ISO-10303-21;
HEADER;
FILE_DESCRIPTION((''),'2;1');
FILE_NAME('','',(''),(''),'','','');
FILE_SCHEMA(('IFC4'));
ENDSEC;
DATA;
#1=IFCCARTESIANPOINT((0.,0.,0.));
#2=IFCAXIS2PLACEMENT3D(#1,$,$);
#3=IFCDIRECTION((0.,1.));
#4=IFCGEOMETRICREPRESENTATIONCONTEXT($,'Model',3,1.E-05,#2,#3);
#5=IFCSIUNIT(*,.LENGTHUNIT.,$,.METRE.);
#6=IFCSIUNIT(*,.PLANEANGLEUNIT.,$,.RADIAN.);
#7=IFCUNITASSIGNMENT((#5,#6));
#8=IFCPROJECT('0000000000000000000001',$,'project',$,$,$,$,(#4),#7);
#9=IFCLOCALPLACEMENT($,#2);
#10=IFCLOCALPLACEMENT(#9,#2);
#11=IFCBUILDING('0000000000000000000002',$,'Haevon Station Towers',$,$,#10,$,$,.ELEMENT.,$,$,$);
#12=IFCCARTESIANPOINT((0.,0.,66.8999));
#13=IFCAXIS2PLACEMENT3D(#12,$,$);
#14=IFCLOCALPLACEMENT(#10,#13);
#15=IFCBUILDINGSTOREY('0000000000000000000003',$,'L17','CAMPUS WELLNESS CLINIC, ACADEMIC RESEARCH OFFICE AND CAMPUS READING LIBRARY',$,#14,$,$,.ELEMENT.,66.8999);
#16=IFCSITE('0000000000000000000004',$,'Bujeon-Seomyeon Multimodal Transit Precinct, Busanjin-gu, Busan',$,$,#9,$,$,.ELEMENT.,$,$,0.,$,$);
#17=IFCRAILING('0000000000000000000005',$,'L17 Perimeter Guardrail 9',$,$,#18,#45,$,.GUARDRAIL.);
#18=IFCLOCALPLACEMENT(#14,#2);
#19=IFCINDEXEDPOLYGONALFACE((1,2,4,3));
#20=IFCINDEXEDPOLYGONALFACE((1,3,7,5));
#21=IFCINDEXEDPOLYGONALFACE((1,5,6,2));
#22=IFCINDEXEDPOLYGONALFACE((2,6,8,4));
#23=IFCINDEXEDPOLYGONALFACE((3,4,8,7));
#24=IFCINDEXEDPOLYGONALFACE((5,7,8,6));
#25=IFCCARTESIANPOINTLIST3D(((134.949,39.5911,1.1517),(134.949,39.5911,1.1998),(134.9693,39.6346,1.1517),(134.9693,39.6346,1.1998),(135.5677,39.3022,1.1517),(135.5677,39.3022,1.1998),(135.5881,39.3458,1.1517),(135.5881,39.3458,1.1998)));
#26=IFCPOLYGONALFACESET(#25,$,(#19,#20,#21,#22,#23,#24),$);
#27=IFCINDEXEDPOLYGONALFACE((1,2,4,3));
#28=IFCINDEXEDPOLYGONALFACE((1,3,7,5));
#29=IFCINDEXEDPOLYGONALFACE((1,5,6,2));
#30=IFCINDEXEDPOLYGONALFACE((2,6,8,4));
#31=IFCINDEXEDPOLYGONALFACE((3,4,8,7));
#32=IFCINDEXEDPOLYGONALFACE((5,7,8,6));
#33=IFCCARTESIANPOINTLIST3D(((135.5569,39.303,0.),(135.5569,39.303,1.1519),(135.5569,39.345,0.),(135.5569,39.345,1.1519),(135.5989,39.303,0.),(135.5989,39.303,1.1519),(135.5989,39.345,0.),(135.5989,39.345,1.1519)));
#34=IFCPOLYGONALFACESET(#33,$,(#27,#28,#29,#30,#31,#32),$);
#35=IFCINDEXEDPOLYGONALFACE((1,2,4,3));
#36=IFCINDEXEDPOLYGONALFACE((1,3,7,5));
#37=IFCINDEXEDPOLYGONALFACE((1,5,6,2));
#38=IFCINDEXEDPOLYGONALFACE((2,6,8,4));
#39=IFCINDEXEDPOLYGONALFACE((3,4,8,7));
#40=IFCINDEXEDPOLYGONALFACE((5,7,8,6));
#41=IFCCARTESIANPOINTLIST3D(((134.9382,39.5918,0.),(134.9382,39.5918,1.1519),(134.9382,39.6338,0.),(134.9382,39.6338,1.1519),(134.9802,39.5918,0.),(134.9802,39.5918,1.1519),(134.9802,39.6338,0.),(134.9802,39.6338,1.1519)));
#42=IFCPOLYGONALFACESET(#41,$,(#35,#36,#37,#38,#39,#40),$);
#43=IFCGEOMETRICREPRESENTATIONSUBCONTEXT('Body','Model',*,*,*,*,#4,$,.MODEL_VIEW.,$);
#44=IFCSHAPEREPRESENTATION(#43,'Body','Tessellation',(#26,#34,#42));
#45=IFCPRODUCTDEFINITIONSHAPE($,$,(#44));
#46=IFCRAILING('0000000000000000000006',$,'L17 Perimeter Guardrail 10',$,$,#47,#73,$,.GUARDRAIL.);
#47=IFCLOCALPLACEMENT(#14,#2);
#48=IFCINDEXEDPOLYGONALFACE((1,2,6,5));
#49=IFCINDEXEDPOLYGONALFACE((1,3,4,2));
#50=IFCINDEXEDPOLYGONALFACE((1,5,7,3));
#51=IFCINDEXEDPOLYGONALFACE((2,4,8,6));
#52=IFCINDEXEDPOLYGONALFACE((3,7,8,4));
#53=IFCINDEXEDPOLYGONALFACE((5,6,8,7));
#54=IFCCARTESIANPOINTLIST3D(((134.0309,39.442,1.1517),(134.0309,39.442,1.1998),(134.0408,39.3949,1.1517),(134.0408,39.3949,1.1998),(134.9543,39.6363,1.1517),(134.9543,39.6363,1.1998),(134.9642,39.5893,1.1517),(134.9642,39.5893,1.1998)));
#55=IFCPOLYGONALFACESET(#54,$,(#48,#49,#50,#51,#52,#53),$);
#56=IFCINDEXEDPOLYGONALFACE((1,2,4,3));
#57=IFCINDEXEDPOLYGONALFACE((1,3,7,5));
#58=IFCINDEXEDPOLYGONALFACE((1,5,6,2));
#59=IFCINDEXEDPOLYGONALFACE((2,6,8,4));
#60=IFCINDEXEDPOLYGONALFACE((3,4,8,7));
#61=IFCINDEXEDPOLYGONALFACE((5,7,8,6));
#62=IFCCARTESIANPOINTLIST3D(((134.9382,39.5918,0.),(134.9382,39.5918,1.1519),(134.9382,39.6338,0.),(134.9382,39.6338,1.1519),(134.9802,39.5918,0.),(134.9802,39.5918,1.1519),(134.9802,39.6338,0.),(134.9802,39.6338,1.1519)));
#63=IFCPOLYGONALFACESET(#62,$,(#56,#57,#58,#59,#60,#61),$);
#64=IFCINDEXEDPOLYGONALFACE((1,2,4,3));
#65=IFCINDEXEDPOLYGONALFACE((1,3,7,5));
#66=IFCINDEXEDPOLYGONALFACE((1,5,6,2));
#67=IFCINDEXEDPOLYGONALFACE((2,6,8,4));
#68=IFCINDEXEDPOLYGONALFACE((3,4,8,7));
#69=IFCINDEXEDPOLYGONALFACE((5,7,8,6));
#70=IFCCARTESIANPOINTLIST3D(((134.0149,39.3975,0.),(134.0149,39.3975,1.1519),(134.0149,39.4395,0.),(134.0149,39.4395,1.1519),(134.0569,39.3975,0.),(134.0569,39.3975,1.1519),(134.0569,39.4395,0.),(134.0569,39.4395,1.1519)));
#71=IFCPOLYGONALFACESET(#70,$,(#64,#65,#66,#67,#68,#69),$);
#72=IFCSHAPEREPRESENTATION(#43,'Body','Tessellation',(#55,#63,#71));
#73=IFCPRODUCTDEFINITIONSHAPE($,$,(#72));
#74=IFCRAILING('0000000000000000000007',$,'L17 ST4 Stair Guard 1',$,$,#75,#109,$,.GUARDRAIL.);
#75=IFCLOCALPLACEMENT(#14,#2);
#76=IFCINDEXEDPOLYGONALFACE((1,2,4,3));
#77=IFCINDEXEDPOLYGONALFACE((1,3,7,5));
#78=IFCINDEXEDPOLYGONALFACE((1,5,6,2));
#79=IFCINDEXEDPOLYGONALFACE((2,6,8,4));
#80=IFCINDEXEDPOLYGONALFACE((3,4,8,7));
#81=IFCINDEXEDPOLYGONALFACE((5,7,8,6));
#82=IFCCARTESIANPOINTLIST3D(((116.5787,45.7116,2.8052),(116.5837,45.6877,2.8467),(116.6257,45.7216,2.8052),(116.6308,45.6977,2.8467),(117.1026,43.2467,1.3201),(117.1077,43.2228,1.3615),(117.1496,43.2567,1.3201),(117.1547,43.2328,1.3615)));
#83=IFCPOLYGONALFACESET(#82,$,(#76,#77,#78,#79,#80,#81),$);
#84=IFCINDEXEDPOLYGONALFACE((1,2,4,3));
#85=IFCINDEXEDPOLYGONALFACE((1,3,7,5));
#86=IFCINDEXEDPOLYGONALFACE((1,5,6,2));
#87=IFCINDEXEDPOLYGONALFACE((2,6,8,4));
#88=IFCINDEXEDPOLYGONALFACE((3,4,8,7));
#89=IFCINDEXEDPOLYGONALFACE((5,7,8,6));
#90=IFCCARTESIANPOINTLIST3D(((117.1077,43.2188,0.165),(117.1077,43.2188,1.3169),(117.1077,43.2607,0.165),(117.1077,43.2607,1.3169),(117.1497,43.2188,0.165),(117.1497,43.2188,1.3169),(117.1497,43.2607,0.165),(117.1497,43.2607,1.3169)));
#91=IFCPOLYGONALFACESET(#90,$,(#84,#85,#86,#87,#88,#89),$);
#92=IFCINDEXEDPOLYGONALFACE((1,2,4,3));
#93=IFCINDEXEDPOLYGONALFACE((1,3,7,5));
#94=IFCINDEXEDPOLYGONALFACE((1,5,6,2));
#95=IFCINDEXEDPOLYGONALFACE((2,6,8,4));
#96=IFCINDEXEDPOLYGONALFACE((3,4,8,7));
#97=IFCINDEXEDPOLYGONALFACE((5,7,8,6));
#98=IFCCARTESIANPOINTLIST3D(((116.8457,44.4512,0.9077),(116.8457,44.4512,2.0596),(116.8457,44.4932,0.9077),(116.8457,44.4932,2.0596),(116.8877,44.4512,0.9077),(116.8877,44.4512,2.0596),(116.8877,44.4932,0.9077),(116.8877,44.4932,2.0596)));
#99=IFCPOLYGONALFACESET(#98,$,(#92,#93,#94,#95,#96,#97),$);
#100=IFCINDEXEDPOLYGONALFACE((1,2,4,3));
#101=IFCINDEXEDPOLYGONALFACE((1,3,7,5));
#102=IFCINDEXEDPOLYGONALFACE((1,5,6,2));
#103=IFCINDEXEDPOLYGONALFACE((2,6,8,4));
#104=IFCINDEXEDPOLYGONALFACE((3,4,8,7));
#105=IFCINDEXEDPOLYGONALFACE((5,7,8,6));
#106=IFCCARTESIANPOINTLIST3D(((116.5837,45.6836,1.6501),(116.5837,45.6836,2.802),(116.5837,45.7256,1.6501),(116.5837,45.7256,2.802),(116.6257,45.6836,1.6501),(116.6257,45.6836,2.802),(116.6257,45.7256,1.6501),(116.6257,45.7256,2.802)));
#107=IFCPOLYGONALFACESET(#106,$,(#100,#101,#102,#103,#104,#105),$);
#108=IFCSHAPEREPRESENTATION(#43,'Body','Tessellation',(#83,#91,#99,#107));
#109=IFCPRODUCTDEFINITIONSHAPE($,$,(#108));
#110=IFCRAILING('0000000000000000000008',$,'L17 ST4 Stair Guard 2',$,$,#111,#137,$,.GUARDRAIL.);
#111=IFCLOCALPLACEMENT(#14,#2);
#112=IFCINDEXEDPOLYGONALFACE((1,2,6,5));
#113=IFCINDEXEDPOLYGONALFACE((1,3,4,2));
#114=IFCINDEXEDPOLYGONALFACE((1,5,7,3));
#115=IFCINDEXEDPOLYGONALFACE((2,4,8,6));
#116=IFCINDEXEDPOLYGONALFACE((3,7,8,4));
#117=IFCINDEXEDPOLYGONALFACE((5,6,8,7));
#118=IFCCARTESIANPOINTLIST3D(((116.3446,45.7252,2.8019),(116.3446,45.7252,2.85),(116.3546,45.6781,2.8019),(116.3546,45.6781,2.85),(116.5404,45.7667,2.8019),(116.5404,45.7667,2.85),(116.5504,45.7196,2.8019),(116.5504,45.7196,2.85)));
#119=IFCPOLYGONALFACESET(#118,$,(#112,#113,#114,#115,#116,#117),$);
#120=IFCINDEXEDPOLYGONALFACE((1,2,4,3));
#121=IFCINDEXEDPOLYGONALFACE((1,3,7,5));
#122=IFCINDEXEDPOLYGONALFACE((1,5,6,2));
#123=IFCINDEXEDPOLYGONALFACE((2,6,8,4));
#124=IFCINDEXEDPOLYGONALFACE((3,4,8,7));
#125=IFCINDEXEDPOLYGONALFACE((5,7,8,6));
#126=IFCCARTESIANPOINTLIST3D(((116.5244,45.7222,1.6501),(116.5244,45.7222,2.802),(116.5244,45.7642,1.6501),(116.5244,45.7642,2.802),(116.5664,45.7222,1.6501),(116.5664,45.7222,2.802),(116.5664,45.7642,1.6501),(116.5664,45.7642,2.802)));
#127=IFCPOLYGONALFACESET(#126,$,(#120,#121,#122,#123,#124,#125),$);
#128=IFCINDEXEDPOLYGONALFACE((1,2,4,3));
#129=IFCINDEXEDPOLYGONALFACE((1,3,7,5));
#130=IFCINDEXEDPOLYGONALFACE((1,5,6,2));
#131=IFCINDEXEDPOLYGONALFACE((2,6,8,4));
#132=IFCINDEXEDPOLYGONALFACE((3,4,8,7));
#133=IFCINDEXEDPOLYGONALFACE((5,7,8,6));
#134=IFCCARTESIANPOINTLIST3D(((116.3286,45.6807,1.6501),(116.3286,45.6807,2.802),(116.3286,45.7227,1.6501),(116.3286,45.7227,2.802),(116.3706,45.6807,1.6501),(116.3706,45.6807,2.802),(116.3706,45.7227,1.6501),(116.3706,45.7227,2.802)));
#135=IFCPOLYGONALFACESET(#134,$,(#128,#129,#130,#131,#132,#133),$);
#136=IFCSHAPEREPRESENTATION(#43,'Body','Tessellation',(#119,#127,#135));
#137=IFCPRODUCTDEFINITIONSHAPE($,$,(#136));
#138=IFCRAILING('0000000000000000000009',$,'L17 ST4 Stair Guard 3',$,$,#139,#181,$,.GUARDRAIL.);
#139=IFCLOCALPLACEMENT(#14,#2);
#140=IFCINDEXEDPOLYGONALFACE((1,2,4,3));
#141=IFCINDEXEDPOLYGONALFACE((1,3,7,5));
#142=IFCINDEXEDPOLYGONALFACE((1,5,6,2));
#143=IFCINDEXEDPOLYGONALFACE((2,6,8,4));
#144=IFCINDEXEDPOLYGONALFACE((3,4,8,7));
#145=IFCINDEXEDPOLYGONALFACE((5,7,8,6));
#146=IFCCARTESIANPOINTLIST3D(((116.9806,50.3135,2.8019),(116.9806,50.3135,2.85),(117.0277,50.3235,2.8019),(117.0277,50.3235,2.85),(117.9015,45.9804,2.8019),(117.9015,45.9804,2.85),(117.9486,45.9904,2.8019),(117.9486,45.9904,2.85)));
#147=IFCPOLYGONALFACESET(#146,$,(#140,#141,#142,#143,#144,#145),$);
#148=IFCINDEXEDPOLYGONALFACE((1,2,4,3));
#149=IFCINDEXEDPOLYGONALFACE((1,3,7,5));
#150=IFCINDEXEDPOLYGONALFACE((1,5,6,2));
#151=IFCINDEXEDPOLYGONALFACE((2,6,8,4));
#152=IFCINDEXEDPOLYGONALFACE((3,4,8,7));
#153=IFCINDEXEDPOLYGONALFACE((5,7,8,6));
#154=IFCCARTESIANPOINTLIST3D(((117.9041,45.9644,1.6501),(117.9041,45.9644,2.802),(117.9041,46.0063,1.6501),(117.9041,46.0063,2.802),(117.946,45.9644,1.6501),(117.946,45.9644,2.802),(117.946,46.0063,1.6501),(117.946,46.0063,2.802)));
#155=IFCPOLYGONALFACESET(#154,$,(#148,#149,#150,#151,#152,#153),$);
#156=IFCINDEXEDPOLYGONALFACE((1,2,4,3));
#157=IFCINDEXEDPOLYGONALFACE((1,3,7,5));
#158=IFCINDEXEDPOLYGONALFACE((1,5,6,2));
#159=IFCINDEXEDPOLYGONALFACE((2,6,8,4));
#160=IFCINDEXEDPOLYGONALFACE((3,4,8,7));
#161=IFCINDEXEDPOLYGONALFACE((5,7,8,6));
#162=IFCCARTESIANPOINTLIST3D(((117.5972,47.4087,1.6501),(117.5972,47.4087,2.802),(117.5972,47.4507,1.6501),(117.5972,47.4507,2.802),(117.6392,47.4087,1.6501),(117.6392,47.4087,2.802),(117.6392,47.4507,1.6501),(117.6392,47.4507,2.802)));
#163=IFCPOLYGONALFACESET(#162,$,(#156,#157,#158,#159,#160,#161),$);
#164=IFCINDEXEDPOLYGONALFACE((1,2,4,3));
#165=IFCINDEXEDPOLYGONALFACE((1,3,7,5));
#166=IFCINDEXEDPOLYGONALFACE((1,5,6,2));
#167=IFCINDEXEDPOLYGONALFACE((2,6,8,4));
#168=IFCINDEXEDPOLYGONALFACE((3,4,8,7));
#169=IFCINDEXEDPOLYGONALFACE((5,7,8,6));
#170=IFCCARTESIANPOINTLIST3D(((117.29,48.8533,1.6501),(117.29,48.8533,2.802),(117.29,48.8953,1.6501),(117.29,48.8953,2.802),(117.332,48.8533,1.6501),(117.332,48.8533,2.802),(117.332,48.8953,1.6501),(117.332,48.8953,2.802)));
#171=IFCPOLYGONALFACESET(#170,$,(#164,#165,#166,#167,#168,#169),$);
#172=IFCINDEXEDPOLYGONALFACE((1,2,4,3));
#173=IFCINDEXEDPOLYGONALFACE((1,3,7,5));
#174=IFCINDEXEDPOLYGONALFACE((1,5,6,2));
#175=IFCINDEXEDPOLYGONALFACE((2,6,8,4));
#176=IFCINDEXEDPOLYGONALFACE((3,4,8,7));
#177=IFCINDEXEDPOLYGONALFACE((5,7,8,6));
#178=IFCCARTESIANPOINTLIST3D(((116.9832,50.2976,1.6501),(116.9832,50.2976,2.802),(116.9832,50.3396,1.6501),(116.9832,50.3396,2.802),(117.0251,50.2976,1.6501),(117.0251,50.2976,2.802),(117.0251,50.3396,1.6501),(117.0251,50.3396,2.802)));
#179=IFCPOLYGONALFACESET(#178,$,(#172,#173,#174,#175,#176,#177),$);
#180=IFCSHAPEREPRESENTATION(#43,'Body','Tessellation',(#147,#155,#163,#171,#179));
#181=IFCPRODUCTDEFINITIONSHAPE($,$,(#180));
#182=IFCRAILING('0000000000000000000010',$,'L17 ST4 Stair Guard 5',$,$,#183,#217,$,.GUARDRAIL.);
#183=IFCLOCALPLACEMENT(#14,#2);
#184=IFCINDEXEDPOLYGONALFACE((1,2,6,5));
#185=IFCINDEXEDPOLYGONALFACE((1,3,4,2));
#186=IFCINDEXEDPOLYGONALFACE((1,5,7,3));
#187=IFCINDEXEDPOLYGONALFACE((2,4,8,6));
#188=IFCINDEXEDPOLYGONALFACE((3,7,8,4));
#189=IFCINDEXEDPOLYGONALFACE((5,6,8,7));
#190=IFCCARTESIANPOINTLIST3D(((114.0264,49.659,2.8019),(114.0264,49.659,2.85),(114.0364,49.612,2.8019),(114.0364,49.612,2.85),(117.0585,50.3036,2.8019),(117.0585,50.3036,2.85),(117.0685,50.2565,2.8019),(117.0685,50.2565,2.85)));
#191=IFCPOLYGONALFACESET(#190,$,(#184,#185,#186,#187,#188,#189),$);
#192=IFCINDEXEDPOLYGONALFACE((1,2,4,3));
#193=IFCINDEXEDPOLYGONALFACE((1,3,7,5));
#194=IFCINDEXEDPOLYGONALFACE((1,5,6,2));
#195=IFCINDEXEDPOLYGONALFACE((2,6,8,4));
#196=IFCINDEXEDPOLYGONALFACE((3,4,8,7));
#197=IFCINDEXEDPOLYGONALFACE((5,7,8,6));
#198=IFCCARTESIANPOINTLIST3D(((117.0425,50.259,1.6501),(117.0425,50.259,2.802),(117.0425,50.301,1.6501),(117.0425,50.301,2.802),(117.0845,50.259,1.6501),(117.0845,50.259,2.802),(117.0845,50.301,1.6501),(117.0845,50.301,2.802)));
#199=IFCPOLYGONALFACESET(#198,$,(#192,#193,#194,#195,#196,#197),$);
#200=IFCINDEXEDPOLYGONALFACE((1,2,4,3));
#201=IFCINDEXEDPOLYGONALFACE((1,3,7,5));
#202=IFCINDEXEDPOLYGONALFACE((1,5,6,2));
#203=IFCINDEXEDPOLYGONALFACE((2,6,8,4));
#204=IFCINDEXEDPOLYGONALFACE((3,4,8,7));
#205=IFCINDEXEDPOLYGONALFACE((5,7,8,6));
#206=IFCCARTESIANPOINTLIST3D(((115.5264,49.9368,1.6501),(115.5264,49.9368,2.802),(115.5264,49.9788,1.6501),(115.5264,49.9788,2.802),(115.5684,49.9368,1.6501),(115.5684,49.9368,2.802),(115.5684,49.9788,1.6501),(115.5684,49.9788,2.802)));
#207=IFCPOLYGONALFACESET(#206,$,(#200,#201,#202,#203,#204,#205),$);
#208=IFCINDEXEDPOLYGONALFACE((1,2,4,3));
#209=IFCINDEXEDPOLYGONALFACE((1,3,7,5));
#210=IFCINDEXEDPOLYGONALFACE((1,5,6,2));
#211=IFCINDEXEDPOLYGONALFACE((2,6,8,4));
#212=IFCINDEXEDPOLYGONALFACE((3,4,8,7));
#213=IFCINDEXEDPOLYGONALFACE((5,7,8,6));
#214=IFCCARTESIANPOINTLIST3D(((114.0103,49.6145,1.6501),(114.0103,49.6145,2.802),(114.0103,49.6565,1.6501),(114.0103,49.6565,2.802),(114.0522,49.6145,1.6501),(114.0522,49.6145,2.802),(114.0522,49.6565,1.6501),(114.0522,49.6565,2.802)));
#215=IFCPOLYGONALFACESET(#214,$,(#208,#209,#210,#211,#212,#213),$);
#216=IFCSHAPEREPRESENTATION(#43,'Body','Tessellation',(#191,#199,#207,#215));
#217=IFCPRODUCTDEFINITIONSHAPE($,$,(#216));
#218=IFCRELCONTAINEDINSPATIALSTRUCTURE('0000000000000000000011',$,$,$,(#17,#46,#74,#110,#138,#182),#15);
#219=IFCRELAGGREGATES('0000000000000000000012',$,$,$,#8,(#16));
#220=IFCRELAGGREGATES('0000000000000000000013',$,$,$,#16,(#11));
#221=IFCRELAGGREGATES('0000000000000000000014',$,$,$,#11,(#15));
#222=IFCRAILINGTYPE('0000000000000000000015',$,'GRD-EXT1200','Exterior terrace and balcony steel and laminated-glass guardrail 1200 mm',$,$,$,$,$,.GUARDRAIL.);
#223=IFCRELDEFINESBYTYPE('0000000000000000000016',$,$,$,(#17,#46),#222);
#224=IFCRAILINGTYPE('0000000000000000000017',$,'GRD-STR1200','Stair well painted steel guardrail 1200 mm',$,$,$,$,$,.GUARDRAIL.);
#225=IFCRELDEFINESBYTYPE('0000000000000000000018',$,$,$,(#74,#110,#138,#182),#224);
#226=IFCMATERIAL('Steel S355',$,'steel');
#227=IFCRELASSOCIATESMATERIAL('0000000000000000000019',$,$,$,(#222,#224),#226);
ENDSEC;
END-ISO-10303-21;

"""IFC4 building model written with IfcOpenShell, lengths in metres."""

from ifc_helpers import new_model, si_unit, direction, frame, origin, origin_2d, place, context, subcontext, project, spatial, rectangle, extrude, material, type_object, element, save


model = new_model("IFC4")

# Units and contexts
model_context = context("Model", 3, precision=1e-05, world=origin(), true_north=direction((0.0, 1.0)))
body_context = subcontext(model_context, "Body", "Model", "MODEL_VIEW")
ifc_project = project(units=[si_unit("LENGTHUNIT", "METRE"), si_unit("PLANEANGLEUNIT", "RADIAN")], contexts=[model_context])

# Site, building, storey
site_placement = place(None, origin())
site = spatial("IfcSite", under=ifc_project, at=site_placement, Name="Bujeon-Seomyeon Multimodal Transit Precinct, Busanjin-gu, Busan", CompositionType="ELEMENT", RefElevation=0.0)
building_placement = place(site_placement, origin())
building = spatial("IfcBuilding", under=site, at=building_placement, Name="Haevon Station Towers", CompositionType="ELEMENT")
storey_placement = place(building_placement, frame((0.0, 0.0, 66.8999)))
storey = spatial("IfcBuildingStorey", under=building, at=storey_placement, Name="L17", Description="CAMPUS WELLNESS CLINIC, ACADEMIC RESEARCH OFFICE AND CAMPUS READING LIBRARY", CompositionType="ELEMENT", Elevation=66.8999)

# Shared definitions
ifc_material_1 = material(Name="Steel S355", Category="steel")

# Railings
railing_type_1 = type_object("IfcRailingType", Name="GRD-EXT1200", Description="Exterior terrace and balcony steel and laminated-glass guardrail 1200 mm", PredefinedType="GUARDRAIL", material=ifc_material_1)
railing_1_placement = place(storey_placement, frame((135.5779, 39.324, 0.0)))
element("IfcRailing", 1, at=railing_1_placement, inside=storey, type_object=railing_type_1, Name="L17 Perimeter Guardrail 9", PredefinedType="GUARDRAIL", context=body_context, shape_type="SweptSolid", body=[
    extrude(rectangle(XDim=0.0481, YDim=0.0481, at=origin_2d()), frame((0.0, 0.0, 1.1758), z_axis=(-0.906119, 0.423022, 0.0), x_axis=(-0.423022, -0.906119, 0.0)), (0.0, 0.0, 1.0), 0.6829),
    extrude(rectangle(XDim=0.042, YDim=0.042, at=origin_2d()), origin(), (0.0, 0.0, 1.0), 1.1519),
    extrude(rectangle(XDim=0.042, YDim=0.042, at=origin_2d()), frame((-0.6187, 0.2888, 0.0)), (0.0, 0.0, 1.0), 1.1519),
])
railing_2_placement = place(storey_placement, frame((134.9592, 39.6128, 0.0)))
element("IfcRailing", 2, at=railing_2_placement, inside=storey, type_object=railing_type_1, Name="L17 Perimeter Guardrail 10", PredefinedType="GUARDRAIL", context=body_context, shape_type="SweptSolid", body=[
    extrude(rectangle(XDim=0.0481, YDim=0.0481, at=origin_2d()), frame((0.0, 0.0, 1.1758), z_axis=(-0.978561, -0.205958, 0.0), x_axis=(0.205958, -0.978561, 0.0)), (0.0, 0.0, 1.0), 0.9436),
    extrude(rectangle(XDim=0.042, YDim=0.042, at=origin_2d()), origin(), (0.0, 0.0, 1.0), 1.1519),
    extrude(rectangle(XDim=0.042, YDim=0.042, at=origin_2d()), frame((-0.9233, -0.1943, 0.0)), (0.0, 0.0, 1.0), 1.1519),
])
railing_type_2 = type_object("IfcRailingType", Name="GRD-STR1200", Description="Stair well painted steel guardrail 1200 mm", PredefinedType="GUARDRAIL", material=ifc_material_1)
railing_3_placement = place(storey_placement, frame((117.1287, 43.2397, 0.165)))
element("IfcRailing", 3, at=railing_3_placement, inside=storey, type_object=railing_type_2, Name="L17 ST4 Stair Guard 1", PredefinedType="GUARDRAIL", context=body_context, shape_type="SweptSolid", body=[
    extrude(rectangle(XDim=0.0481, YDim=0.0481, at=origin_2d()), frame((0.0, 0.0, 1.1758), z_axis=(-0.179121, 0.842688, 0.507733), x_axis=(-0.978147, -0.207914, 0.0)), (0.0, 0.0, 1.0), 2.925),
    extrude(rectangle(XDim=0.042, YDim=0.042, at=origin_2d()), origin(), (0.0, 0.0, 1.0), 1.1519),
    extrude(rectangle(XDim=0.042, YDim=0.042, at=origin_2d()), frame((-0.262, 1.2324, 0.7427)), (0.0, 0.0, 1.0), 1.1519),
    extrude(rectangle(XDim=0.042, YDim=0.042, at=origin_2d()), frame((-0.5239, 2.4648, 1.4851)), (0.0, 0.0, 1.0), 1.1519),
])
railing_4_placement = place(storey_placement, frame((116.5454, 45.7432, 1.6501)))
element("IfcRailing", 4, at=railing_4_placement, inside=storey, type_object=railing_type_2, Name="L17 ST4 Stair Guard 2", PredefinedType="GUARDRAIL", context=body_context, shape_type="SweptSolid", body=[
    extrude(rectangle(XDim=0.0481, YDim=0.0481, at=origin_2d()), frame((0.0, 0.0, 1.1758), z_axis=(-0.978264, -0.207363, 0.0), x_axis=(0.207363, -0.978264, 0.0)), (0.0, 0.0, 1.0), 0.2002),
    extrude(rectangle(XDim=0.042, YDim=0.042, at=origin_2d()), origin(), (0.0, 0.0, 1.0), 1.1519),
    extrude(rectangle(XDim=0.042, YDim=0.042, at=origin_2d()), frame((-0.1958, -0.0415, 0.0)), (0.0, 0.0, 1.0), 1.1519),
])
railing_5_placement = place(storey_placement, frame((117.925, 45.9854, 1.6501)))
element("IfcRailing", 5, at=railing_5_placement, inside=storey, type_object=railing_type_2, Name="L17 ST4 Stair Guard 3", PredefinedType="GUARDRAIL", context=body_context, shape_type="SweptSolid", body=[
    extrude(rectangle(XDim=0.0481, YDim=0.0481, at=origin_2d()), frame((0.0, 0.0, 1.1758), z_axis=(-0.207877, 0.978155, 0.0), x_axis=(-0.978155, -0.207877, 0.0)), (0.0, 0.0, 1.0), 4.4299),
    extrude(rectangle(XDim=0.042, YDim=0.042, at=origin_2d()), origin(), (0.0, 0.0, 1.0), 1.1519),
    extrude(rectangle(XDim=0.042, YDim=0.042, at=origin_2d()), frame((-0.3069, 1.4443, 0.0)), (0.0, 0.0, 1.0), 1.1519),
    extrude(rectangle(XDim=0.042, YDim=0.042, at=origin_2d()), frame((-0.614, 2.8889, 0.0)), (0.0, 0.0, 1.0), 1.1519),
    extrude(rectangle(XDim=0.042, YDim=0.042, at=origin_2d()), frame((-0.9209, 4.3333, 0.0)), (0.0, 0.0, 1.0), 1.1519),
])
railing_6_placement = place(storey_placement, frame((117.0635, 50.28, 1.6501)))
element("IfcRailing", 6, at=railing_6_placement, inside=storey, type_object=railing_type_2, Name="L17 ST4 Stair Guard 5", PredefinedType="GUARDRAIL", context=body_context, shape_type="SweptSolid", body=[
    extrude(rectangle(XDim=0.0481, YDim=0.0481, at=origin_2d()), frame((0.0, 0.0, 1.1758), z_axis=(-0.978147, -0.207915, 0.0), x_axis=(0.207915, -0.978147, 0.0)), (0.0, 0.0, 1.0), 3.0999),
    extrude(rectangle(XDim=0.042, YDim=0.042, at=origin_2d()), origin(), (0.0, 0.0, 1.0), 1.1519),
    extrude(rectangle(XDim=0.042, YDim=0.042, at=origin_2d()), frame((-1.5161, -0.3223, 0.0)), (0.0, 0.0, 1.0), 1.1519),
    extrude(rectangle(XDim=0.042, YDim=0.042, at=origin_2d()), frame((-3.0322, -0.6445, 0.0)), (0.0, 0.0, 1.0), 1.1519),
])

save(model, "model.ifc")
